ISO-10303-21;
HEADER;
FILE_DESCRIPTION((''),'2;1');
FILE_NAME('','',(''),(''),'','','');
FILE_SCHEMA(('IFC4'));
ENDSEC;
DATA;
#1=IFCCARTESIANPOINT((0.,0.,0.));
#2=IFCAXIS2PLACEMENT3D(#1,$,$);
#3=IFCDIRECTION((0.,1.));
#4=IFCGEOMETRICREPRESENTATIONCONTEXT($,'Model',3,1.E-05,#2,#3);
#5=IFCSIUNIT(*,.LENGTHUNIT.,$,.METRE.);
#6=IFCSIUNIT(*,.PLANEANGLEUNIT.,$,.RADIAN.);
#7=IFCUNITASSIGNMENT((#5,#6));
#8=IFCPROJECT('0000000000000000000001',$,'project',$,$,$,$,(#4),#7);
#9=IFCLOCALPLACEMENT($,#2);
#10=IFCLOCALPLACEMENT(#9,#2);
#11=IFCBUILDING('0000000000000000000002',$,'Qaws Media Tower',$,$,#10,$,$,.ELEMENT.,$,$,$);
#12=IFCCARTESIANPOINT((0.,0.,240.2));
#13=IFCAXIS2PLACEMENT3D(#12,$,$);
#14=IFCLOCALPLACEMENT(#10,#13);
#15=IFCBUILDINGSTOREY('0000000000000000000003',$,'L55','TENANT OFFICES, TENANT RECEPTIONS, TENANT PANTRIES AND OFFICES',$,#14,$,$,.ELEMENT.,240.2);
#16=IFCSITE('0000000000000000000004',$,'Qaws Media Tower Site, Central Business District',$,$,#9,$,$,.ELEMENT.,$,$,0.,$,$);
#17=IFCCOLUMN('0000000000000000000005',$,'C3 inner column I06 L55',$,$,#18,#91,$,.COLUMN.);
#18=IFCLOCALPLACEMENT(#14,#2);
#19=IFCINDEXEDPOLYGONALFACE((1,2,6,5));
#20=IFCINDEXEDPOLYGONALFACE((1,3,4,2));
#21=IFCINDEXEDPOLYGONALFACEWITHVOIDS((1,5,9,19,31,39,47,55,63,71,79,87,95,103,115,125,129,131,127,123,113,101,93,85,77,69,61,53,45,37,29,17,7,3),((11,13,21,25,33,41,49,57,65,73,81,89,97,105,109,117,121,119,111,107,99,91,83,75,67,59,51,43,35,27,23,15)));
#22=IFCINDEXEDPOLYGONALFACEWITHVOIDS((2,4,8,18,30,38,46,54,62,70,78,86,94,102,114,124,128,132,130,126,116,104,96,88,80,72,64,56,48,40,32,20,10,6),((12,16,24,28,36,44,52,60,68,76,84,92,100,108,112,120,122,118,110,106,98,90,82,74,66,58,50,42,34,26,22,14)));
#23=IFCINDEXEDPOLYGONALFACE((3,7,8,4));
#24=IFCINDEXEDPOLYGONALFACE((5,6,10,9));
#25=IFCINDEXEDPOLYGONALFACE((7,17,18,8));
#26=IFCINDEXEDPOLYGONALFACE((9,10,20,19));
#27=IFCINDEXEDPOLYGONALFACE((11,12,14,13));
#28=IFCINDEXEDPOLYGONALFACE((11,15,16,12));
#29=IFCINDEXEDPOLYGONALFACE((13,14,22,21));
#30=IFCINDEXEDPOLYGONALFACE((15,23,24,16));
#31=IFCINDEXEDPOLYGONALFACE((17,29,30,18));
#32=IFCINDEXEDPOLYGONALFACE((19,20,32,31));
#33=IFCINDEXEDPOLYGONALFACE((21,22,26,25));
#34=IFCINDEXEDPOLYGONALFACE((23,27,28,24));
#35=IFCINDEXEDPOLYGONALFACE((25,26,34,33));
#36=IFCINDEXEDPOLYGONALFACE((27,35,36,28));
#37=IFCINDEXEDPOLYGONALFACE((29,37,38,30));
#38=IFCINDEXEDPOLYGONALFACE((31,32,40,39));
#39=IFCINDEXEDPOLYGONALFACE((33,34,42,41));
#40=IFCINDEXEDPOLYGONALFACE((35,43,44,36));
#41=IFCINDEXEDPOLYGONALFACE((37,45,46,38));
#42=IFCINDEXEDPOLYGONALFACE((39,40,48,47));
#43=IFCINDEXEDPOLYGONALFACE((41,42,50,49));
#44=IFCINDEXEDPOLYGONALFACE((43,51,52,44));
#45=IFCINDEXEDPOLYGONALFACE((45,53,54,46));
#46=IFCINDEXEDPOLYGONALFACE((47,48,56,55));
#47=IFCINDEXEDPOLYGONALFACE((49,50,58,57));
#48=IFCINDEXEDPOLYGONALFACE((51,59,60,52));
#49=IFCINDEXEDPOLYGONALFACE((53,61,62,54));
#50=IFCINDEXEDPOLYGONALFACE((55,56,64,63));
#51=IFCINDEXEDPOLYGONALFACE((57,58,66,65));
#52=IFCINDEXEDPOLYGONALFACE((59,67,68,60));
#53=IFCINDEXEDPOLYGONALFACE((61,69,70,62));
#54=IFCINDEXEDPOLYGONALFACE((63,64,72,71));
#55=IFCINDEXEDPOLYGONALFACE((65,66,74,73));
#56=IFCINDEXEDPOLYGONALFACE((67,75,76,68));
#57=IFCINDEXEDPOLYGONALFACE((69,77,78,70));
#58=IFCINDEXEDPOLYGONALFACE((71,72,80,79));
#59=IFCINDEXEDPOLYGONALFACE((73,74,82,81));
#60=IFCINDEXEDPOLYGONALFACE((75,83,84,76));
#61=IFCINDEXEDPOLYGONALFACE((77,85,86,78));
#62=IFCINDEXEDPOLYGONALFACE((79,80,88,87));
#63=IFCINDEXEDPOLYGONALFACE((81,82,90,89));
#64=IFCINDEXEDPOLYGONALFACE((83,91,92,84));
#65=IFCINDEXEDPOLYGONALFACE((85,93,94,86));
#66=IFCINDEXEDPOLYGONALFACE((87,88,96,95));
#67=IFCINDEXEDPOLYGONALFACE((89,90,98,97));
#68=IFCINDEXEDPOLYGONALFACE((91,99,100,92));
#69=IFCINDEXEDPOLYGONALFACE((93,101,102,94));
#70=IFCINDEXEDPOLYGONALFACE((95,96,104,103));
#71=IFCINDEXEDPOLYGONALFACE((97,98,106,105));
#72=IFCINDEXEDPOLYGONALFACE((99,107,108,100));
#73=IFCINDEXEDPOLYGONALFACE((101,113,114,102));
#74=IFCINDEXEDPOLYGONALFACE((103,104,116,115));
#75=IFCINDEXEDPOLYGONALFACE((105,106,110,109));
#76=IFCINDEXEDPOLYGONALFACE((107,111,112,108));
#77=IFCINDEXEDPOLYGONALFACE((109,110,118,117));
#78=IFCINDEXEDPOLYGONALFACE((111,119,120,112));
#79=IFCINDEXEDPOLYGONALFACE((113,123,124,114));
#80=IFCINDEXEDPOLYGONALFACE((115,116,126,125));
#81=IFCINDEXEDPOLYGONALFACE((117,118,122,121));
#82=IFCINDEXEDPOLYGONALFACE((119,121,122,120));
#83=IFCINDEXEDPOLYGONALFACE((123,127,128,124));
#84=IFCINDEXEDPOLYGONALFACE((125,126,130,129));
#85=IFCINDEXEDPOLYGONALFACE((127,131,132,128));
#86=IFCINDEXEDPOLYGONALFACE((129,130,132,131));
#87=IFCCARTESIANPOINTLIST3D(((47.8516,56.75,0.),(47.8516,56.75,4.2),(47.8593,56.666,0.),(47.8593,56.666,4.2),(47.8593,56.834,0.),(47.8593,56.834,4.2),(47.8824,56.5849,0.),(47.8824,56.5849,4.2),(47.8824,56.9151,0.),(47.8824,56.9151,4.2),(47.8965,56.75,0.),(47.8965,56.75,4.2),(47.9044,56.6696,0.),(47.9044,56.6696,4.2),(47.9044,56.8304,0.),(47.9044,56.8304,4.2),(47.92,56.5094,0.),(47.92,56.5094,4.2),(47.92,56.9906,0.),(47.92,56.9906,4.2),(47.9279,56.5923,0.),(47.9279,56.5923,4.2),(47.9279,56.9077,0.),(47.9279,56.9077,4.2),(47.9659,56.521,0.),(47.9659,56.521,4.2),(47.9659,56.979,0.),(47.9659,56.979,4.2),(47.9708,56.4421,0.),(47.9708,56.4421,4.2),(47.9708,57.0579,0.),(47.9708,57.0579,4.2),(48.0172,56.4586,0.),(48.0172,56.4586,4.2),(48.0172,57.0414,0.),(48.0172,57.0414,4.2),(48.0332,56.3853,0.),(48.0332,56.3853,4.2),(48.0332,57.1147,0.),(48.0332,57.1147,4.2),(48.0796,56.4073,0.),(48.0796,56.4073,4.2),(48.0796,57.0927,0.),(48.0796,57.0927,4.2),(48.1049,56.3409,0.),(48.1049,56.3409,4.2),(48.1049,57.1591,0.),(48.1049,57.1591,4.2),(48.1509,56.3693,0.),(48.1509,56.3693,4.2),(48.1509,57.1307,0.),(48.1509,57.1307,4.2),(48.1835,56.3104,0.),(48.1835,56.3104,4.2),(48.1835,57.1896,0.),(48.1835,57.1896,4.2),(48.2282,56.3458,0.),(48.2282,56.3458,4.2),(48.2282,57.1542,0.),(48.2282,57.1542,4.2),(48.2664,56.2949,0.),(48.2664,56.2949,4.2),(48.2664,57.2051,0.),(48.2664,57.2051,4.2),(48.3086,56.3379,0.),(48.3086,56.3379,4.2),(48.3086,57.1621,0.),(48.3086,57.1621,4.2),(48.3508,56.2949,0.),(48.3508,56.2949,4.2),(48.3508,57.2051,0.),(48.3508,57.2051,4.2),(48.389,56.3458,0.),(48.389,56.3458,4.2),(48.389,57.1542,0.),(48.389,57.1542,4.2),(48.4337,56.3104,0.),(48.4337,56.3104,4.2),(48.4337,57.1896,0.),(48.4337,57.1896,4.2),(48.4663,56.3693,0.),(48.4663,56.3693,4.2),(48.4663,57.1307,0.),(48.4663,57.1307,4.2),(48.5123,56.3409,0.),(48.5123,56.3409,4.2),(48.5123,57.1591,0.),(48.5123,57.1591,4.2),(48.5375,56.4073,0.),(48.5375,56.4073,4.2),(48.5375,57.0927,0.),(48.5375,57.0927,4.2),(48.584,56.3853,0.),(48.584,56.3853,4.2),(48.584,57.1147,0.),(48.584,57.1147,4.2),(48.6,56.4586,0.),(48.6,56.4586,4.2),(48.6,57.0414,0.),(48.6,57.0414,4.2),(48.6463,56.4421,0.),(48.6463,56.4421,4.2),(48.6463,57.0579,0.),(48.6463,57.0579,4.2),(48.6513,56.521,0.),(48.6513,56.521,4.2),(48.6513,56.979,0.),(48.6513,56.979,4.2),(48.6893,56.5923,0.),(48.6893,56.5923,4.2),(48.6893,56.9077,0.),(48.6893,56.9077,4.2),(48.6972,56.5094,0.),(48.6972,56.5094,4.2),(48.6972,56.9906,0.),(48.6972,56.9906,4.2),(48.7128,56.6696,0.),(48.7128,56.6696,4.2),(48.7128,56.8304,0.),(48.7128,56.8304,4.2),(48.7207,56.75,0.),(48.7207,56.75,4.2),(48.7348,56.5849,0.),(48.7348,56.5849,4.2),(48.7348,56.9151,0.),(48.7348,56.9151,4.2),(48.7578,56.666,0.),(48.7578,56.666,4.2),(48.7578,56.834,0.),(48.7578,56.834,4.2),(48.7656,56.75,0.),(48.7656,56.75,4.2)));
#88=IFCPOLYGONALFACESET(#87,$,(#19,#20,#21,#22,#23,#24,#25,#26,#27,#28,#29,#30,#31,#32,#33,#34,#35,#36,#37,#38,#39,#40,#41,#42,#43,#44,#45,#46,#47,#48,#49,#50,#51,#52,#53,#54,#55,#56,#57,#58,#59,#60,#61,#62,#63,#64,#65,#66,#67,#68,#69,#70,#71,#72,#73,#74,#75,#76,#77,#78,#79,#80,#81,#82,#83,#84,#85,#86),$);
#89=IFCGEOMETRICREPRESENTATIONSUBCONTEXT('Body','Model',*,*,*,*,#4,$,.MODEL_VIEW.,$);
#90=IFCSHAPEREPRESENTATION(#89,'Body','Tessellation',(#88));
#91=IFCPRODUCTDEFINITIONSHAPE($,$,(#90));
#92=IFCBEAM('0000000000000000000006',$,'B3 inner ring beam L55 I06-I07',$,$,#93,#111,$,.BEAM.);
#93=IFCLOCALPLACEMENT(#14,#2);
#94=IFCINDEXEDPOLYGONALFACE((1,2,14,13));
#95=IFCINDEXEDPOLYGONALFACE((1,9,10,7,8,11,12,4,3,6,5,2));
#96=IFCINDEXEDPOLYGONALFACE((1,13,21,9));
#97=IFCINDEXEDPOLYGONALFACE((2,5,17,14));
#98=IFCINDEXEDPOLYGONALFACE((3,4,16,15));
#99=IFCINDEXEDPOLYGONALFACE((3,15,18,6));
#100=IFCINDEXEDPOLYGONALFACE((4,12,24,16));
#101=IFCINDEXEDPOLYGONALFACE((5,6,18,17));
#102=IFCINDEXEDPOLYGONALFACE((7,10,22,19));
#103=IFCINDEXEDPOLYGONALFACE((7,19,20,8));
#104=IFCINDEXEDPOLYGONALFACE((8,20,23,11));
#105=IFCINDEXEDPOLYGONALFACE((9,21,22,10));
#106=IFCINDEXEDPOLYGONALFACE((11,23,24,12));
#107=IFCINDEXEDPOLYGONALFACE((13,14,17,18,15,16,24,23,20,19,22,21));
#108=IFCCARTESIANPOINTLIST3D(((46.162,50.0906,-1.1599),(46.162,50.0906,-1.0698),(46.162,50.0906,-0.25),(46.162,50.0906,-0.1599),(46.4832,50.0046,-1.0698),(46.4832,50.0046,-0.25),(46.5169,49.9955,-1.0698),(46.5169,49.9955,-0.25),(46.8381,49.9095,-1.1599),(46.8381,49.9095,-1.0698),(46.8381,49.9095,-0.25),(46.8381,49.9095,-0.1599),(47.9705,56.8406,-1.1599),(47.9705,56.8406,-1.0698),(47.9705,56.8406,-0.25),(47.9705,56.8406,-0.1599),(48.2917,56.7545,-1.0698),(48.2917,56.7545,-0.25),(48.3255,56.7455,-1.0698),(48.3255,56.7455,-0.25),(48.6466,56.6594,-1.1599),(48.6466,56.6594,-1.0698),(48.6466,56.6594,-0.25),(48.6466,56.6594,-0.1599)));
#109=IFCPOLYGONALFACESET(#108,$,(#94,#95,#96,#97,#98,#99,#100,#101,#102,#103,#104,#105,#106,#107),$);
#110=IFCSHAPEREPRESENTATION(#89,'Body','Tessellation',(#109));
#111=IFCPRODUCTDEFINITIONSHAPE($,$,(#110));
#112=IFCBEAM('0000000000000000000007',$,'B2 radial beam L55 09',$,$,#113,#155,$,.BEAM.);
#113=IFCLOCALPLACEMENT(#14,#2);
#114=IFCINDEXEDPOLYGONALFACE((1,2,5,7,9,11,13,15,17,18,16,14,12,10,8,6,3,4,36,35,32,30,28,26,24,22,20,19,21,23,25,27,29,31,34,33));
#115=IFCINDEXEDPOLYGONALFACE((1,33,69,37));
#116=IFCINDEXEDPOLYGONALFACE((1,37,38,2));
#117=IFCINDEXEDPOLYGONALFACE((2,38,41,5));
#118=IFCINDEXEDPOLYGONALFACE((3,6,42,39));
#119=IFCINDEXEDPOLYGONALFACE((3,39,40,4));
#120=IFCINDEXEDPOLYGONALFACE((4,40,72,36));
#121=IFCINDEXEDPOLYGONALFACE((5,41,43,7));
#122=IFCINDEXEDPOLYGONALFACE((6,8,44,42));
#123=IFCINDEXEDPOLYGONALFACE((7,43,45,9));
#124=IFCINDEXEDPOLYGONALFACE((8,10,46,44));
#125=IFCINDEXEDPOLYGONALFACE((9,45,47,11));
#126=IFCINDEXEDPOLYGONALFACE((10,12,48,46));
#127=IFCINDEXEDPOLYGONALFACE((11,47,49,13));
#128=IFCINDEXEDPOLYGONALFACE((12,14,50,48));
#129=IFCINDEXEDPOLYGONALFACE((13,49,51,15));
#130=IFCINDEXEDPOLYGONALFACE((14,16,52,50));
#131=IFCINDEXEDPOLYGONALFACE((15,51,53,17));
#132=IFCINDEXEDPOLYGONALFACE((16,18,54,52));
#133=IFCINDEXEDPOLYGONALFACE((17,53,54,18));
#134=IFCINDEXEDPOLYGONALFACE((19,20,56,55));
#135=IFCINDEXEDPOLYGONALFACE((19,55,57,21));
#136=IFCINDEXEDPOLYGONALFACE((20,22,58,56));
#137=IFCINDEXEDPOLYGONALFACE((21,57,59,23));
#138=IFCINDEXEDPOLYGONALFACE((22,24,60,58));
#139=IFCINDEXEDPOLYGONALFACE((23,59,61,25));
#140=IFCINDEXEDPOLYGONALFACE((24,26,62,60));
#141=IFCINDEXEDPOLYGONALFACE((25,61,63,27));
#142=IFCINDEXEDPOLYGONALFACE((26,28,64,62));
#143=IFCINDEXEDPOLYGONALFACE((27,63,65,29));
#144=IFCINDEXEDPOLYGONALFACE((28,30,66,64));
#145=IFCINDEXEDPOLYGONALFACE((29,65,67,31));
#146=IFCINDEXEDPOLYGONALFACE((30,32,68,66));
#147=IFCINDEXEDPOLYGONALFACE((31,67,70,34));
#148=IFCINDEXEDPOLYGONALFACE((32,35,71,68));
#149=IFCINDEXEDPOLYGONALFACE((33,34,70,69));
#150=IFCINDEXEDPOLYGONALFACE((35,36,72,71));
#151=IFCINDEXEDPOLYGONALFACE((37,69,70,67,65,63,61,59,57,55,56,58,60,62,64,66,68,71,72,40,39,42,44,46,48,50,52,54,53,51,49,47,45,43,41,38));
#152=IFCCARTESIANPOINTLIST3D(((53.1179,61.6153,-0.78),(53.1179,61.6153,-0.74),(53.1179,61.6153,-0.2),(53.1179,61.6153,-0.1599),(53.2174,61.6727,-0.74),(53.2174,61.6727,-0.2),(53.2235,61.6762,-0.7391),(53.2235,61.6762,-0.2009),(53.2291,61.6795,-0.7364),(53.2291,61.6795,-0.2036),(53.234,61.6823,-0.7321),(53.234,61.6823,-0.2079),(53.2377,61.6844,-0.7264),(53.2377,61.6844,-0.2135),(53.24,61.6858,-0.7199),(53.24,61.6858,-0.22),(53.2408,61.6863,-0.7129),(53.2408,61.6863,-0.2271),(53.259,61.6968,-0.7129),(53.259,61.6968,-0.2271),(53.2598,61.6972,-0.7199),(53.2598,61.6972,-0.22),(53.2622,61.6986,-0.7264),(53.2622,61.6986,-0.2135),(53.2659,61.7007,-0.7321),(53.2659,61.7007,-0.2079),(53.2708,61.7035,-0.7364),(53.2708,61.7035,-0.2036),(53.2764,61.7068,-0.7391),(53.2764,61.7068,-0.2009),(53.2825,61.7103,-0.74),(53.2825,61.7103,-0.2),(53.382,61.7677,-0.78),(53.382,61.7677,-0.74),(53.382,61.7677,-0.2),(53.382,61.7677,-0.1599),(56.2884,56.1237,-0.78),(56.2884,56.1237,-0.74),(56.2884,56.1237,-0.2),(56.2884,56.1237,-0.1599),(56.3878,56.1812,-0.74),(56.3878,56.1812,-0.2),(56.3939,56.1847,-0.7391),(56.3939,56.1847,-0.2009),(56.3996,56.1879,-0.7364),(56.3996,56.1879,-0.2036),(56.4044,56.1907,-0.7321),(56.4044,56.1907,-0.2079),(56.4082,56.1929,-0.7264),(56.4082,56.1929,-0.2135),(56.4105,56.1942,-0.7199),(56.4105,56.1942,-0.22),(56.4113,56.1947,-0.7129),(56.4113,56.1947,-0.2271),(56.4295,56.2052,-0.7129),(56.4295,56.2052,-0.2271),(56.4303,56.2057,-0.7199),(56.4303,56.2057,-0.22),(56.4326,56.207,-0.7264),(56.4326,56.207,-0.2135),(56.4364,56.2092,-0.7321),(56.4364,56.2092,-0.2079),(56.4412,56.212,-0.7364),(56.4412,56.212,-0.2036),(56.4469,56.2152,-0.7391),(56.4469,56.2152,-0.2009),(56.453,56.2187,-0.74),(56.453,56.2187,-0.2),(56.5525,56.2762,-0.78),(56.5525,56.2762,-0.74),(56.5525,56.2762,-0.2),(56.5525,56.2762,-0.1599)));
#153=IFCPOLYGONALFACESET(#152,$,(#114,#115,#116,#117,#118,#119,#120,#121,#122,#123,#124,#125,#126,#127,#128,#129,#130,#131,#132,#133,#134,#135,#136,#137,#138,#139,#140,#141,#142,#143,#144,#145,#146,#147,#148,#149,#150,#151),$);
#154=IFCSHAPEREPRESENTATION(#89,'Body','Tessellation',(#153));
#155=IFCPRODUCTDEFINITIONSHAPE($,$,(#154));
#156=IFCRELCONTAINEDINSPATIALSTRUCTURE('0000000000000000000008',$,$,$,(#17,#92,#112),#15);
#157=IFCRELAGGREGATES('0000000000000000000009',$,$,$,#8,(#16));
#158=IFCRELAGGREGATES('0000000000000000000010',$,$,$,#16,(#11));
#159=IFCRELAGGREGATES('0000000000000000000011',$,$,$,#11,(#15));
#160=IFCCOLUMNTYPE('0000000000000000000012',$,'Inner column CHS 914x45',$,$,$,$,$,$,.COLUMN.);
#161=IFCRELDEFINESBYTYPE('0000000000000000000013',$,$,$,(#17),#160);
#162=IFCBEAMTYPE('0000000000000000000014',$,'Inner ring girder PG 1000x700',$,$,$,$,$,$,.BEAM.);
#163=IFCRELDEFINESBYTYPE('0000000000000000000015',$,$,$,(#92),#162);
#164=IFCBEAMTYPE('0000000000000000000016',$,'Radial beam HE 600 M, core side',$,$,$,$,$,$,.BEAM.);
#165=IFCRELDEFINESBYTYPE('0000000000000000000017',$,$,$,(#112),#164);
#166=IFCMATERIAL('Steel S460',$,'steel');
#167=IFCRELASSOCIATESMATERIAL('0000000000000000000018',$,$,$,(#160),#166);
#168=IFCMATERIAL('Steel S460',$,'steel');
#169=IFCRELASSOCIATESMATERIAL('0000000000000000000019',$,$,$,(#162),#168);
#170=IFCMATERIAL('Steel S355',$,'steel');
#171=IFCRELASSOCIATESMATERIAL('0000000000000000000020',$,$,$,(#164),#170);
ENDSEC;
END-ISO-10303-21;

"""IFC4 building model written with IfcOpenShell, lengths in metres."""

from ifc_helpers import new_model, si_unit, direction, frame, origin, origin_2d, place, context, subcontext, project, spatial, hollow_circle, i_section, extrude, material, material_profile, profile_set, type_object, element, save


model = new_model("IFC4")

# Units and contexts
model_context = context("Model", 3, precision=1e-05, world=origin(), true_north=direction((0.0, 1.0)))
body_context = subcontext(model_context, "Body", "Model", "MODEL_VIEW")
ifc_project = project(units=[si_unit("LENGTHUNIT", "METRE"), si_unit("PLANEANGLEUNIT", "RADIAN")], contexts=[model_context])

# Site, building, storey
site_placement = place(None, origin())
site = spatial("IfcSite", under=ifc_project, at=site_placement, Name="Qaws Media Tower Site, Central Business District", CompositionType="ELEMENT", RefElevation=0.0)
building_placement = place(site_placement, origin())
building = spatial("IfcBuilding", under=site, at=building_placement, Name="Qaws Media Tower", CompositionType="ELEMENT")
storey_placement = place(building_placement, frame((0.0, 0.0, 240.2)))
storey = spatial("IfcBuildingStorey", under=building, at=storey_placement, Name="L55", Description="TENANT OFFICES, TENANT RECEPTIONS, TENANT PANTRIES AND OFFICES", CompositionType="ELEMENT", Elevation=240.2)

# Column
ifc_material_1 = material(Name="Steel S460", Category="steel")
ifc_material_profile_1 = material_profile(ifc_material_1, hollow_circle(Radius=0.457, WallThickness=0.0449, at=origin_2d()), Name="CHS 914x45")
ifc_profile_set_1 = profile_set([ifc_material_profile_1], Name="Steel S460")
column_type = type_object("IfcColumnType", Name="Inner column CHS 914x45", PredefinedType="COLUMN", material=ifc_profile_set_1)
column_placement = place(storey_placement, frame((48.3086, 56.75, 0.0), z_axis=(0.0, 0.0, 1.0), x_axis=(1.0, 0.0, 0.0)))
element("IfcColumn", 1, at=column_placement, inside=storey, type_object=column_type, Name="C3 inner column I06 L55", PredefinedType="COLUMN", context=body_context, shape_type="SweptSolid", body=[
    extrude(hollow_circle(Radius=0.457, WallThickness=0.0449, at=origin_2d()), origin(), (0.0, 0.0, 1.0), 4.2),
])

# Beams
ifc_material_2 = material(Name="Steel S460", Category="steel")
ifc_material_profile_2 = material_profile(ifc_material_2, i_section(OverallWidth=0.7, OverallDepth=1.0, WebThickness=0.0349, FlangeThickness=0.0901, at=origin_2d()), Name="PG 1000x700")
ifc_profile_set_2 = profile_set([ifc_material_profile_2], Name="Steel S460")
beam_type_1 = type_object("IfcBeamType", Name="Inner ring girder PG 1000x700", PredefinedType="BEAM", material=ifc_profile_set_2)
beam_1_placement = place(storey_placement, frame((48.3086, 56.75, -0.6599), z_axis=(-0.258811, -0.965928, 0.0), x_axis=(0.965928, -0.258811, 0.0)))
element("IfcBeam", 2, at=beam_1_placement, inside=storey, type_object=beam_type_1, Name="B3 inner ring beam L55 I06-I07", PredefinedType="BEAM", context=body_context, shape_type="SweptSolid", body=[
    extrude(i_section(OverallWidth=0.7, OverallDepth=1.0, WebThickness=0.0349, FlangeThickness=0.0901, at=origin_2d()), origin(), (0.0, 0.0, 1.0), 6.988),
])
ifc_material_3 = material(Name="Steel S355", Category="steel")
ifc_material_profile_3 = material_profile(ifc_material_3, i_section(OverallWidth=0.3049, OverallDepth=0.6201, WebThickness=0.021, FlangeThickness=0.04, FilletRadius=0.0271, at=origin_2d()), Name="HE 600 M")
ifc_profile_set_3 = profile_set([ifc_material_profile_3], Name="Steel S355")
beam_type_2 = type_object("IfcBeamType", Name="Radial beam HE 600 M, core side", PredefinedType="BEAM", material=ifc_profile_set_3)
beam_2_placement = place(storey_placement, frame((56.4204, 56.2, -0.47), z_axis=(-0.49999, 0.866031, 0.0), x_axis=(-0.866031, -0.49999, 0.0)))
element("IfcBeam", 3, at=beam_2_placement, inside=storey, type_object=beam_type_2, Name="B2 radial beam L55 09", PredefinedType="BEAM", context=body_context, shape_type="SweptSolid", body=[
    extrude(i_section(OverallWidth=0.3049, OverallDepth=0.6201, WebThickness=0.021, FlangeThickness=0.04, FilletRadius=0.0271, at=origin_2d()), origin(), (0.0, 0.0, 1.0), 6.3411),
])

save(model, "model.ifc")
